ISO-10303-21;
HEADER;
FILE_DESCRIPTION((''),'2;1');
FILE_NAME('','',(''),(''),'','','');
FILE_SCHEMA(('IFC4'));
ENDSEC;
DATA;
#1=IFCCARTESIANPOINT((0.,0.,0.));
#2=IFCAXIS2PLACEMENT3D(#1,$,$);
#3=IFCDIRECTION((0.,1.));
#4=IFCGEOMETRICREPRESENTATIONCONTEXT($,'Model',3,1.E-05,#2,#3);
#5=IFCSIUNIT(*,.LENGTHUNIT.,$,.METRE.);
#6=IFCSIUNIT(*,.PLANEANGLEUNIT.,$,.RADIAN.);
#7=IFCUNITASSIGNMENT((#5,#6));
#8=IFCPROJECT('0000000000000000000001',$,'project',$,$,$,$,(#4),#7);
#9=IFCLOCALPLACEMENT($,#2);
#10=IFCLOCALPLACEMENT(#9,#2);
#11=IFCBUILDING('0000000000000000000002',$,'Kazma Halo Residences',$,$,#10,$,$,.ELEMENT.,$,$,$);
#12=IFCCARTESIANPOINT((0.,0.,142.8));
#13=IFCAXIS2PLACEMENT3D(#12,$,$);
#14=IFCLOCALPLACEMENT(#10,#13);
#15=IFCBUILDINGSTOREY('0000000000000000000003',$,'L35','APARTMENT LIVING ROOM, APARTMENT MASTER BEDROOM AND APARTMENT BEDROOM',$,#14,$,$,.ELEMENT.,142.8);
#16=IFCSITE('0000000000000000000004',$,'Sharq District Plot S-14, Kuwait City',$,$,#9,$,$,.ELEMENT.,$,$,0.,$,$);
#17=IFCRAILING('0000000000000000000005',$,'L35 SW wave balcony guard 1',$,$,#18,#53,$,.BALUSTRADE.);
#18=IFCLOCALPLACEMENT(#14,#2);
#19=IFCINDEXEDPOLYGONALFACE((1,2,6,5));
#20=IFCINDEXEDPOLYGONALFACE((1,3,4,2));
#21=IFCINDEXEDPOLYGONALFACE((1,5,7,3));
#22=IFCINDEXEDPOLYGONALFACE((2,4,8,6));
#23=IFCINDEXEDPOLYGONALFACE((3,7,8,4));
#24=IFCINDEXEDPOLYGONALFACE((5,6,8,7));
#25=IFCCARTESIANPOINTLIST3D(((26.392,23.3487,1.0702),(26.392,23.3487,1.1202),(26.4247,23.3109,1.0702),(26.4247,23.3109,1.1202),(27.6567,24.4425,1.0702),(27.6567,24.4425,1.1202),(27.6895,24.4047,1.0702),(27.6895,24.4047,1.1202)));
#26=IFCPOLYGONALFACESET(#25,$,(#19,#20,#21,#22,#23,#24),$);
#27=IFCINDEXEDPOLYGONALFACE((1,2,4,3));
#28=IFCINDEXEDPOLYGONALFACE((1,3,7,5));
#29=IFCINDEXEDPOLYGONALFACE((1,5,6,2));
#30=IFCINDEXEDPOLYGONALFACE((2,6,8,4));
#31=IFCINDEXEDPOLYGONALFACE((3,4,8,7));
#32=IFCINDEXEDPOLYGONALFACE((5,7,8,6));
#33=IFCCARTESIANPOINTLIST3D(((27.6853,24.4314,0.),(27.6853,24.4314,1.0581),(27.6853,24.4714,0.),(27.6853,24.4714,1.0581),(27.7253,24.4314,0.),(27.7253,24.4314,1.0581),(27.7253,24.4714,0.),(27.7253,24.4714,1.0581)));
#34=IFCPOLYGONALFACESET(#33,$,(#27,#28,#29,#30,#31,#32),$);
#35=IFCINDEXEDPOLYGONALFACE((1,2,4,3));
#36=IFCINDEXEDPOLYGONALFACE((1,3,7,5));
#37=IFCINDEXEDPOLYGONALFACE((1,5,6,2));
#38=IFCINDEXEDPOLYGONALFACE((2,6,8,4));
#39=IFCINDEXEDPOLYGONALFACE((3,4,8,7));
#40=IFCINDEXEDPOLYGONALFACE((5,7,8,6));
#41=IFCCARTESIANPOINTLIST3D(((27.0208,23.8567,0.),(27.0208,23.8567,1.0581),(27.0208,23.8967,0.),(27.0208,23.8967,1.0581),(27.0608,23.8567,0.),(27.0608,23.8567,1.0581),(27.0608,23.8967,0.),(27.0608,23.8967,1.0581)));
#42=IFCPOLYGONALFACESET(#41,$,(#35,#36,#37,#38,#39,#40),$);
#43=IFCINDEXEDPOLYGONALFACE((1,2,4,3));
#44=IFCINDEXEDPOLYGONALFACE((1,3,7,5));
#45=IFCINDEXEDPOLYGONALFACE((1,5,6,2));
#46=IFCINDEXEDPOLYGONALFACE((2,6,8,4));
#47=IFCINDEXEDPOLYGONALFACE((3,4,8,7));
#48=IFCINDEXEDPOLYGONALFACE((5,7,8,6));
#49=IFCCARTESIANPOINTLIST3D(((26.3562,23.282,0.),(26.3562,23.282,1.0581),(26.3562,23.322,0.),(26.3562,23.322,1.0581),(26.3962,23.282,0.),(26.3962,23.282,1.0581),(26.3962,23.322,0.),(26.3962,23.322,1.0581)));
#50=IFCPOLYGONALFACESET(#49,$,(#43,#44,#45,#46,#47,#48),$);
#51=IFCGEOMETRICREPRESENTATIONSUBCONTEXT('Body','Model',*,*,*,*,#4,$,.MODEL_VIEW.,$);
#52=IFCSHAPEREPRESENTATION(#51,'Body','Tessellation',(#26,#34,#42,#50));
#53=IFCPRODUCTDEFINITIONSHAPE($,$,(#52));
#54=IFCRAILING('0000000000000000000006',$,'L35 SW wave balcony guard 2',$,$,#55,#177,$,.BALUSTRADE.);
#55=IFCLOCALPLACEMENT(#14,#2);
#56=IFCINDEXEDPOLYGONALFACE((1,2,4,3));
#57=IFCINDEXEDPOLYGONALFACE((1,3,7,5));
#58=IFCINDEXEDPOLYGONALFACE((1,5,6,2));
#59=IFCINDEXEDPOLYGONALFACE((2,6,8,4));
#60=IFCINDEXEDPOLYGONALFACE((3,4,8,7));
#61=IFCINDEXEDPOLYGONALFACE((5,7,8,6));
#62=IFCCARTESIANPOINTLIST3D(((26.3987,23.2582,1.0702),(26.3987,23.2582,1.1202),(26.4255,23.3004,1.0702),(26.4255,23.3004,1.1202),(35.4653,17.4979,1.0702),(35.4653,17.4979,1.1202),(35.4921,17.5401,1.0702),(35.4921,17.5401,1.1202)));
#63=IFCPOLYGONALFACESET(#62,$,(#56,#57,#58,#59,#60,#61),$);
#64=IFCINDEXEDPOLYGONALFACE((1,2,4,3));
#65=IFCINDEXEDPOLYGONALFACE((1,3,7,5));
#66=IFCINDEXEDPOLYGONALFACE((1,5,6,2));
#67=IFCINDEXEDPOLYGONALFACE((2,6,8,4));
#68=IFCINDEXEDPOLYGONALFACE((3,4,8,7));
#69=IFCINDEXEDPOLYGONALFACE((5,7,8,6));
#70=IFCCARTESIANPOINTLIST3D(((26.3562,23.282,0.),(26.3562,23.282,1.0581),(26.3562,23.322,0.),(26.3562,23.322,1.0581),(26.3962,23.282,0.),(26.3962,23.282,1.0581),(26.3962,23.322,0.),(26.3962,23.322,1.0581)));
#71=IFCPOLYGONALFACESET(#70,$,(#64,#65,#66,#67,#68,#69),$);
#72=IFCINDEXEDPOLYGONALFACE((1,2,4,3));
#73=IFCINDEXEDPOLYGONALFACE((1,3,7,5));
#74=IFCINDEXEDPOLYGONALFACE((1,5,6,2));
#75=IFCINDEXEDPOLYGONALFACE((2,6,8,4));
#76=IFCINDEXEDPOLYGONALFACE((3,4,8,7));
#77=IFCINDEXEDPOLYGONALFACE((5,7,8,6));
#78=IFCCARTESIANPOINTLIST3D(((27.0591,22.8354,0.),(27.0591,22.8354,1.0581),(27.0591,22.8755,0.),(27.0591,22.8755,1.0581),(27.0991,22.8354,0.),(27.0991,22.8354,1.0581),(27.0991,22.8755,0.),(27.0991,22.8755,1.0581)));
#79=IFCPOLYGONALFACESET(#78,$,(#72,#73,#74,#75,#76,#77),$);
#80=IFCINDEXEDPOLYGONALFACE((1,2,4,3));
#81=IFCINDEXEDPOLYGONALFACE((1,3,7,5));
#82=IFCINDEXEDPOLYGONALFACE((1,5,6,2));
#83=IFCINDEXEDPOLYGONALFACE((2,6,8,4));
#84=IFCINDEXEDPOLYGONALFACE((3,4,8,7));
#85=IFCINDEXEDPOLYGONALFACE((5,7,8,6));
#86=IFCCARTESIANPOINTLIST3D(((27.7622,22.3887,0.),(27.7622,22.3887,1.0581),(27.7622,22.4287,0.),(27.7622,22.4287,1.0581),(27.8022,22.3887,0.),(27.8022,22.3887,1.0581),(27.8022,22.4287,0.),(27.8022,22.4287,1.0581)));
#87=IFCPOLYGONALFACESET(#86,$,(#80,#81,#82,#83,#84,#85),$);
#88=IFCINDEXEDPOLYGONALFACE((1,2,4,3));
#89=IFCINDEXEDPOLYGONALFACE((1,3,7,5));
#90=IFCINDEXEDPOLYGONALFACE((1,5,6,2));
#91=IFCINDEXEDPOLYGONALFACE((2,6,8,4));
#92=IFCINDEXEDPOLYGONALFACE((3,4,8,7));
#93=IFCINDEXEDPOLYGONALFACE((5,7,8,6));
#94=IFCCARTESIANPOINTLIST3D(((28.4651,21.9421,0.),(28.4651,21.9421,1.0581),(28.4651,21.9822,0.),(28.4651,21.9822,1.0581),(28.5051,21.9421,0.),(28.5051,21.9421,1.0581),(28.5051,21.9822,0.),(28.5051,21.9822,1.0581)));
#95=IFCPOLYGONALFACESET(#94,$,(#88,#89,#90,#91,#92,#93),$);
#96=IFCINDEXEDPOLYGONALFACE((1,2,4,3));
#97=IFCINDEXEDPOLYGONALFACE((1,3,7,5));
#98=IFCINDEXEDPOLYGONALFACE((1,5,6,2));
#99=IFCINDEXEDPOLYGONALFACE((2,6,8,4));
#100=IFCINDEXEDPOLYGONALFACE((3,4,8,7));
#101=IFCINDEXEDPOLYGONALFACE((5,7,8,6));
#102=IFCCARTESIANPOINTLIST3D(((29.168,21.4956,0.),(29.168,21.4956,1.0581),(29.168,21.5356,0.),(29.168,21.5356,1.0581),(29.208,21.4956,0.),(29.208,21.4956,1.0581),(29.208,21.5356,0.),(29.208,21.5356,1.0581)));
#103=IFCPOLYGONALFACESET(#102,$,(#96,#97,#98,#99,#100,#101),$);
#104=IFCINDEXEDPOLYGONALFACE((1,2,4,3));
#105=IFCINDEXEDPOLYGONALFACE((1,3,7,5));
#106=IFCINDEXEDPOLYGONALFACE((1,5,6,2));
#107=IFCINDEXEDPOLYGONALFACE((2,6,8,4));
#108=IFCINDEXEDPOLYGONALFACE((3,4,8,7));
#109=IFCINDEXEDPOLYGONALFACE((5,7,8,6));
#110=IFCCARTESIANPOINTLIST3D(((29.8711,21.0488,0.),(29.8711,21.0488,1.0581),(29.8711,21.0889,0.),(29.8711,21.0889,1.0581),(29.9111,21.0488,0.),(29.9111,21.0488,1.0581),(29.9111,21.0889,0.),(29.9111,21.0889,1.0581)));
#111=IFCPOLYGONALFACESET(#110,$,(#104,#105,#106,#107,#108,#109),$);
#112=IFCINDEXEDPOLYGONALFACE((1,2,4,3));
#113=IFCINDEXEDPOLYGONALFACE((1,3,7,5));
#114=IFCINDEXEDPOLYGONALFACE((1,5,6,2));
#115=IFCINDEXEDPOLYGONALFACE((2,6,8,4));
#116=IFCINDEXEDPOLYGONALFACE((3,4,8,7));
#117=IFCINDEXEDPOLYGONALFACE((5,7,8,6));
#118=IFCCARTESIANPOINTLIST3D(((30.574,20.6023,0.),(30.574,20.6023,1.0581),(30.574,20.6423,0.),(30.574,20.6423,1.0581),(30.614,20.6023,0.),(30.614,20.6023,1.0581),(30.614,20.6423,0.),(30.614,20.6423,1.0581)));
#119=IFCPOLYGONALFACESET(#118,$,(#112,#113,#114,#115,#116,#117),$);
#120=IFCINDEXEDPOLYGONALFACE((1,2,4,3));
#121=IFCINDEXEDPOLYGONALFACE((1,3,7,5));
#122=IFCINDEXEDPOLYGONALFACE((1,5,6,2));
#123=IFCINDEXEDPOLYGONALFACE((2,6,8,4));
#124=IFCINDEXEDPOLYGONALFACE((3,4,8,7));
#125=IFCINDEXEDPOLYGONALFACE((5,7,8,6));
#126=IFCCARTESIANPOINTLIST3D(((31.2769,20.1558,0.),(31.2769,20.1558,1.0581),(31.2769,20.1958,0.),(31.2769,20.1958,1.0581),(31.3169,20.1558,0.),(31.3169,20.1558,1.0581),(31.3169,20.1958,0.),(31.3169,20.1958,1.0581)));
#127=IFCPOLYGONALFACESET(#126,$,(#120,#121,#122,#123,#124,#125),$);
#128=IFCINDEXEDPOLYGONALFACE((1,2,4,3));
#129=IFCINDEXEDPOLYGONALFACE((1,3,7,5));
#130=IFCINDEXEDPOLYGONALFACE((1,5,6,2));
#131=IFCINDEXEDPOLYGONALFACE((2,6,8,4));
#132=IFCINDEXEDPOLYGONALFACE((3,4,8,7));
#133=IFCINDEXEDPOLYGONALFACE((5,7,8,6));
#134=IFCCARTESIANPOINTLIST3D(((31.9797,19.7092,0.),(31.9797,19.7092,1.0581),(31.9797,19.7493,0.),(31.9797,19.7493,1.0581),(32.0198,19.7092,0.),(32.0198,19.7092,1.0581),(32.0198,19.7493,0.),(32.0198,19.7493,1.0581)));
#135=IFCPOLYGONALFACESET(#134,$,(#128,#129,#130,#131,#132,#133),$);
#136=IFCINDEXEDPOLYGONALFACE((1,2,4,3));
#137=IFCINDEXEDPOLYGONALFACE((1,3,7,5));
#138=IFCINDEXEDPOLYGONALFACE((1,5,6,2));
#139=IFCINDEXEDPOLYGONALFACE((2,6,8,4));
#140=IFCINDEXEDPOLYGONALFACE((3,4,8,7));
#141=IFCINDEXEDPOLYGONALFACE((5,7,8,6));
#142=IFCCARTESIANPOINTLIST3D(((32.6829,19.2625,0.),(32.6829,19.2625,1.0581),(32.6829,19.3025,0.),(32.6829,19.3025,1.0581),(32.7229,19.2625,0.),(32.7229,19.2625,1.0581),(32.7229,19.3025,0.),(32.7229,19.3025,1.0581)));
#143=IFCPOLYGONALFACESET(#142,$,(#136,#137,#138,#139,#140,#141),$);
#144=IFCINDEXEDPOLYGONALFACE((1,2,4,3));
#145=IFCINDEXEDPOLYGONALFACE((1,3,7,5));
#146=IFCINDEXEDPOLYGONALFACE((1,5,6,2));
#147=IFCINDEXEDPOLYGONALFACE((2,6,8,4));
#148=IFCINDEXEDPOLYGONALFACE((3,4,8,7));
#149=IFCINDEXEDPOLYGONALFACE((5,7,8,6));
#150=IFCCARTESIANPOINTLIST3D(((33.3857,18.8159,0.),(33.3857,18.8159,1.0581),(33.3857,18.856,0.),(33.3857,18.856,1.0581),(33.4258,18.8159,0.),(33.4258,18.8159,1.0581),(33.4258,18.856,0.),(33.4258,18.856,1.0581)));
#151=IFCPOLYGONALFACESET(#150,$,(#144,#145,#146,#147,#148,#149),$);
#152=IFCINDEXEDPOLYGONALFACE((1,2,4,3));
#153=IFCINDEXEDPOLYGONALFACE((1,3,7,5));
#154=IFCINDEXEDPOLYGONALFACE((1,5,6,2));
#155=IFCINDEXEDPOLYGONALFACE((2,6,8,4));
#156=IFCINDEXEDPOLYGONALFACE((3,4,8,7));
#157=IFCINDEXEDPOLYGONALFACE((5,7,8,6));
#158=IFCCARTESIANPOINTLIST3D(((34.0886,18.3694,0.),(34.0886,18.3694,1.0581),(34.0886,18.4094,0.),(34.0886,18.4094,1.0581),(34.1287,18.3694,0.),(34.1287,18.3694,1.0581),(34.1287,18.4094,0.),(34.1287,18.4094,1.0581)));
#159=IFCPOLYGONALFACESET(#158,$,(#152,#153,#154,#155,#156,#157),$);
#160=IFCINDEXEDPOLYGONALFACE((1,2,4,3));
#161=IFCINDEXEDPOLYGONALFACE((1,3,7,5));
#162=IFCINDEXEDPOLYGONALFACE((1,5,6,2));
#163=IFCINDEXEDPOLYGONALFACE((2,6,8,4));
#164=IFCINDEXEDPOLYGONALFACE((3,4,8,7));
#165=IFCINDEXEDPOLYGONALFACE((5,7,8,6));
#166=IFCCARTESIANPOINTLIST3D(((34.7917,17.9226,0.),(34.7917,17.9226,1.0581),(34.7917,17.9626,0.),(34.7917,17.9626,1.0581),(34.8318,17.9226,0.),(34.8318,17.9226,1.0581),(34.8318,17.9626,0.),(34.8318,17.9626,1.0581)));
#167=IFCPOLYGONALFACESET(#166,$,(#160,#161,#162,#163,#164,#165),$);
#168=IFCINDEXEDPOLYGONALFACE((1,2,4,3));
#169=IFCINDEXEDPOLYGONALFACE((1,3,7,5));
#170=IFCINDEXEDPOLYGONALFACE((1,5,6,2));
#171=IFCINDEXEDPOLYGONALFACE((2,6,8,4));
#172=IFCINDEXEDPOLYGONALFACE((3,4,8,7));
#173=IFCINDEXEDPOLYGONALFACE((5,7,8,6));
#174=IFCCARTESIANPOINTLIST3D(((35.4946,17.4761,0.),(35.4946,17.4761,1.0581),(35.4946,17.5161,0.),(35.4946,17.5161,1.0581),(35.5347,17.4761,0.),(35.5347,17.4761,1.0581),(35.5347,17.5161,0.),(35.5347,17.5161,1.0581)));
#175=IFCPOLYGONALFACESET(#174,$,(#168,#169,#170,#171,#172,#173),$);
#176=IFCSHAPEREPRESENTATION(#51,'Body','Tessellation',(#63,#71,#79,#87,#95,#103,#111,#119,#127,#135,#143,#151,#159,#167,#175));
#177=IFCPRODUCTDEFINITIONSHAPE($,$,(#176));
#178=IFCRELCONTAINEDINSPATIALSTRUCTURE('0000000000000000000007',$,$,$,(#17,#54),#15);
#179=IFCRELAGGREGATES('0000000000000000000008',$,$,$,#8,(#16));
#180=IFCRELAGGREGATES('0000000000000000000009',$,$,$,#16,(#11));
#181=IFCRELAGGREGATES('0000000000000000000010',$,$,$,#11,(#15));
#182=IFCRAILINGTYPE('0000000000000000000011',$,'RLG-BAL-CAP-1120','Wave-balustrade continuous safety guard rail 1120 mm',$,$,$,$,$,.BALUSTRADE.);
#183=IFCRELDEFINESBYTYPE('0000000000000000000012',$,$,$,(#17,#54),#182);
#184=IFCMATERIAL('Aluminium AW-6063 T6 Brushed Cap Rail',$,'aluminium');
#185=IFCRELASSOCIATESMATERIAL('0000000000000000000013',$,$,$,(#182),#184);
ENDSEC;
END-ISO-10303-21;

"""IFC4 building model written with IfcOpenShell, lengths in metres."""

from ifc_helpers import new_model, si_unit, direction, frame, origin, origin_2d, place, context, subcontext, project, spatial, rectangle, extrude, material, type_object, element, save


model = new_model("IFC4")

# Units and contexts
model_context = context("Model", 3, precision=1e-05, world=origin(), true_north=direction((0.0, 1.0)))
body_context = subcontext(model_context, "Body", "Model", "MODEL_VIEW")
ifc_project = project(units=[si_unit("LENGTHUNIT", "METRE"), si_unit("PLANEANGLEUNIT", "RADIAN")], contexts=[model_context])

# Site, building, storey
site_placement = place(None, origin())
site = spatial("IfcSite", under=ifc_project, at=site_placement, Name="Sharq District Plot S-14, Kuwait City", CompositionType="ELEMENT", RefElevation=0.0)
building_placement = place(site_placement, origin())
building = spatial("IfcBuilding", under=site, at=building_placement, Name="Kazma Halo Residences", CompositionType="ELEMENT")
storey_placement = place(building_placement, frame((0.0, 0.0, 142.8)))
storey = spatial("IfcBuildingStorey", under=building, at=storey_placement, Name="L35", Description="APARTMENT LIVING ROOM, APARTMENT MASTER BEDROOM AND APARTMENT BEDROOM", CompositionType="ELEMENT", Elevation=142.8)

# Railings
ifc_material_1 = material(Name="Aluminium AW-6063 T6 Brushed Cap Rail", Category="aluminium")
railing_type = type_object("IfcRailingType", Name="RLG-BAL-CAP-1120", Description="Wave-balustrade continuous safety guard rail 1120 mm", PredefinedType="BALUSTRADE", material=ifc_material_1)
railing_1_placement = place(storey_placement, frame((27.7053, 24.4514, 0.0)))
element("IfcRailing", 1, at=railing_1_placement, inside=storey, type_object=railing_type, Name="L35 SW wave balcony guard 1", PredefinedType="BALUSTRADE", context=body_context, shape_type="SweptSolid", body=[
    extrude(rectangle(XDim=0.05, YDim=0.05, at=origin_2d()), frame((-0.0322, -0.0278, 1.0952), z_axis=(-0.756385, -0.654126, 0.0), x_axis=(0.654126, -0.756385, 0.0)), (0.0, 0.0, 1.0), 1.6721),
    extrude(rectangle(XDim=0.04, YDim=0.04, at=origin_2d()), origin(), (0.0, 0.0, 1.0), 1.0581),
    extrude(rectangle(XDim=0.04, YDim=0.04, at=origin_2d()), frame((-0.6646, -0.5747, 0.0)), (0.0, 0.0, 1.0), 1.0581),
    extrude(rectangle(XDim=0.04, YDim=0.04, at=origin_2d()), frame((-1.3291, -1.1494, 0.0)), (0.0, 0.0, 1.0), 1.0581),
])
railing_2_placement = place(storey_placement, frame((26.3762, 23.302, 0.0)))
element("IfcRailing", 2, at=railing_2_placement, inside=storey, type_object=railing_type, Name="L35 SW wave balcony guard 2", PredefinedType="BALUSTRADE", context=body_context, shape_type="SweptSolid", body=[
    extrude(rectangle(XDim=0.05, YDim=0.05, at=origin_2d()), frame((0.0359, -0.0227, 1.0952), z_axis=(0.844057, -0.536254, 0.0), x_axis=(0.536254, 0.844057, 0.0)), (0.0, 0.0, 1.0), 10.7417),
    extrude(rectangle(XDim=0.04, YDim=0.04, at=origin_2d()), origin(), (0.0, 0.0, 1.0), 1.0581),
    extrude(rectangle(XDim=0.04, YDim=0.04, at=origin_2d()), frame((0.7029, -0.4465, 0.0)), (0.0, 0.0, 1.0), 1.0581),
    extrude(rectangle(XDim=0.04, YDim=0.04, at=origin_2d()), frame((1.406, -0.8933, 0.0)), (0.0, 0.0, 1.0), 1.0581),
    extrude(rectangle(XDim=0.04, YDim=0.04, at=origin_2d()), frame((2.1089, -1.3398, 0.0)), (0.0, 0.0, 1.0), 1.0581),
    extrude(rectangle(XDim=0.04, YDim=0.04, at=origin_2d()), frame((2.8118, -1.7864, 0.0)), (0.0, 0.0, 1.0), 1.0581),
    extrude(rectangle(XDim=0.04, YDim=0.04, at=origin_2d()), frame((3.5149, -2.2332, 0.0)), (0.0, 0.0, 1.0), 1.0581),
    extrude(rectangle(XDim=0.04, YDim=0.04, at=origin_2d()), frame((4.2178, -2.6797, 0.0)), (0.0, 0.0, 1.0), 1.0581),
    extrude(rectangle(XDim=0.04, YDim=0.04, at=origin_2d()), frame((4.9207, -3.1262, 0.0)), (0.0, 0.0, 1.0), 1.0581),
    extrude(rectangle(XDim=0.04, YDim=0.04, at=origin_2d()), frame((5.6235, -3.5728, 0.0)), (0.0, 0.0, 1.0), 1.0581),
    extrude(rectangle(XDim=0.04, YDim=0.04, at=origin_2d()), frame((6.3267, -4.0195, 0.0)), (0.0, 0.0, 1.0), 1.0581),
    extrude(rectangle(XDim=0.04, YDim=0.04, at=origin_2d()), frame((7.0295, -4.4661, 0.0)), (0.0, 0.0, 1.0), 1.0581),
    extrude(rectangle(XDim=0.04, YDim=0.04, at=origin_2d()), frame((7.7324, -4.9126, 0.0)), (0.0, 0.0, 1.0), 1.0581),
    extrude(rectangle(XDim=0.04, YDim=0.04, at=origin_2d()), frame((8.4355, -5.3594, 0.0)), (0.0, 0.0, 1.0), 1.0581),
    extrude(rectangle(XDim=0.04, YDim=0.04, at=origin_2d()), frame((9.1384, -5.8059, 0.0)), (0.0, 0.0, 1.0), 1.0581),
])

save(model, "model.ifc")
